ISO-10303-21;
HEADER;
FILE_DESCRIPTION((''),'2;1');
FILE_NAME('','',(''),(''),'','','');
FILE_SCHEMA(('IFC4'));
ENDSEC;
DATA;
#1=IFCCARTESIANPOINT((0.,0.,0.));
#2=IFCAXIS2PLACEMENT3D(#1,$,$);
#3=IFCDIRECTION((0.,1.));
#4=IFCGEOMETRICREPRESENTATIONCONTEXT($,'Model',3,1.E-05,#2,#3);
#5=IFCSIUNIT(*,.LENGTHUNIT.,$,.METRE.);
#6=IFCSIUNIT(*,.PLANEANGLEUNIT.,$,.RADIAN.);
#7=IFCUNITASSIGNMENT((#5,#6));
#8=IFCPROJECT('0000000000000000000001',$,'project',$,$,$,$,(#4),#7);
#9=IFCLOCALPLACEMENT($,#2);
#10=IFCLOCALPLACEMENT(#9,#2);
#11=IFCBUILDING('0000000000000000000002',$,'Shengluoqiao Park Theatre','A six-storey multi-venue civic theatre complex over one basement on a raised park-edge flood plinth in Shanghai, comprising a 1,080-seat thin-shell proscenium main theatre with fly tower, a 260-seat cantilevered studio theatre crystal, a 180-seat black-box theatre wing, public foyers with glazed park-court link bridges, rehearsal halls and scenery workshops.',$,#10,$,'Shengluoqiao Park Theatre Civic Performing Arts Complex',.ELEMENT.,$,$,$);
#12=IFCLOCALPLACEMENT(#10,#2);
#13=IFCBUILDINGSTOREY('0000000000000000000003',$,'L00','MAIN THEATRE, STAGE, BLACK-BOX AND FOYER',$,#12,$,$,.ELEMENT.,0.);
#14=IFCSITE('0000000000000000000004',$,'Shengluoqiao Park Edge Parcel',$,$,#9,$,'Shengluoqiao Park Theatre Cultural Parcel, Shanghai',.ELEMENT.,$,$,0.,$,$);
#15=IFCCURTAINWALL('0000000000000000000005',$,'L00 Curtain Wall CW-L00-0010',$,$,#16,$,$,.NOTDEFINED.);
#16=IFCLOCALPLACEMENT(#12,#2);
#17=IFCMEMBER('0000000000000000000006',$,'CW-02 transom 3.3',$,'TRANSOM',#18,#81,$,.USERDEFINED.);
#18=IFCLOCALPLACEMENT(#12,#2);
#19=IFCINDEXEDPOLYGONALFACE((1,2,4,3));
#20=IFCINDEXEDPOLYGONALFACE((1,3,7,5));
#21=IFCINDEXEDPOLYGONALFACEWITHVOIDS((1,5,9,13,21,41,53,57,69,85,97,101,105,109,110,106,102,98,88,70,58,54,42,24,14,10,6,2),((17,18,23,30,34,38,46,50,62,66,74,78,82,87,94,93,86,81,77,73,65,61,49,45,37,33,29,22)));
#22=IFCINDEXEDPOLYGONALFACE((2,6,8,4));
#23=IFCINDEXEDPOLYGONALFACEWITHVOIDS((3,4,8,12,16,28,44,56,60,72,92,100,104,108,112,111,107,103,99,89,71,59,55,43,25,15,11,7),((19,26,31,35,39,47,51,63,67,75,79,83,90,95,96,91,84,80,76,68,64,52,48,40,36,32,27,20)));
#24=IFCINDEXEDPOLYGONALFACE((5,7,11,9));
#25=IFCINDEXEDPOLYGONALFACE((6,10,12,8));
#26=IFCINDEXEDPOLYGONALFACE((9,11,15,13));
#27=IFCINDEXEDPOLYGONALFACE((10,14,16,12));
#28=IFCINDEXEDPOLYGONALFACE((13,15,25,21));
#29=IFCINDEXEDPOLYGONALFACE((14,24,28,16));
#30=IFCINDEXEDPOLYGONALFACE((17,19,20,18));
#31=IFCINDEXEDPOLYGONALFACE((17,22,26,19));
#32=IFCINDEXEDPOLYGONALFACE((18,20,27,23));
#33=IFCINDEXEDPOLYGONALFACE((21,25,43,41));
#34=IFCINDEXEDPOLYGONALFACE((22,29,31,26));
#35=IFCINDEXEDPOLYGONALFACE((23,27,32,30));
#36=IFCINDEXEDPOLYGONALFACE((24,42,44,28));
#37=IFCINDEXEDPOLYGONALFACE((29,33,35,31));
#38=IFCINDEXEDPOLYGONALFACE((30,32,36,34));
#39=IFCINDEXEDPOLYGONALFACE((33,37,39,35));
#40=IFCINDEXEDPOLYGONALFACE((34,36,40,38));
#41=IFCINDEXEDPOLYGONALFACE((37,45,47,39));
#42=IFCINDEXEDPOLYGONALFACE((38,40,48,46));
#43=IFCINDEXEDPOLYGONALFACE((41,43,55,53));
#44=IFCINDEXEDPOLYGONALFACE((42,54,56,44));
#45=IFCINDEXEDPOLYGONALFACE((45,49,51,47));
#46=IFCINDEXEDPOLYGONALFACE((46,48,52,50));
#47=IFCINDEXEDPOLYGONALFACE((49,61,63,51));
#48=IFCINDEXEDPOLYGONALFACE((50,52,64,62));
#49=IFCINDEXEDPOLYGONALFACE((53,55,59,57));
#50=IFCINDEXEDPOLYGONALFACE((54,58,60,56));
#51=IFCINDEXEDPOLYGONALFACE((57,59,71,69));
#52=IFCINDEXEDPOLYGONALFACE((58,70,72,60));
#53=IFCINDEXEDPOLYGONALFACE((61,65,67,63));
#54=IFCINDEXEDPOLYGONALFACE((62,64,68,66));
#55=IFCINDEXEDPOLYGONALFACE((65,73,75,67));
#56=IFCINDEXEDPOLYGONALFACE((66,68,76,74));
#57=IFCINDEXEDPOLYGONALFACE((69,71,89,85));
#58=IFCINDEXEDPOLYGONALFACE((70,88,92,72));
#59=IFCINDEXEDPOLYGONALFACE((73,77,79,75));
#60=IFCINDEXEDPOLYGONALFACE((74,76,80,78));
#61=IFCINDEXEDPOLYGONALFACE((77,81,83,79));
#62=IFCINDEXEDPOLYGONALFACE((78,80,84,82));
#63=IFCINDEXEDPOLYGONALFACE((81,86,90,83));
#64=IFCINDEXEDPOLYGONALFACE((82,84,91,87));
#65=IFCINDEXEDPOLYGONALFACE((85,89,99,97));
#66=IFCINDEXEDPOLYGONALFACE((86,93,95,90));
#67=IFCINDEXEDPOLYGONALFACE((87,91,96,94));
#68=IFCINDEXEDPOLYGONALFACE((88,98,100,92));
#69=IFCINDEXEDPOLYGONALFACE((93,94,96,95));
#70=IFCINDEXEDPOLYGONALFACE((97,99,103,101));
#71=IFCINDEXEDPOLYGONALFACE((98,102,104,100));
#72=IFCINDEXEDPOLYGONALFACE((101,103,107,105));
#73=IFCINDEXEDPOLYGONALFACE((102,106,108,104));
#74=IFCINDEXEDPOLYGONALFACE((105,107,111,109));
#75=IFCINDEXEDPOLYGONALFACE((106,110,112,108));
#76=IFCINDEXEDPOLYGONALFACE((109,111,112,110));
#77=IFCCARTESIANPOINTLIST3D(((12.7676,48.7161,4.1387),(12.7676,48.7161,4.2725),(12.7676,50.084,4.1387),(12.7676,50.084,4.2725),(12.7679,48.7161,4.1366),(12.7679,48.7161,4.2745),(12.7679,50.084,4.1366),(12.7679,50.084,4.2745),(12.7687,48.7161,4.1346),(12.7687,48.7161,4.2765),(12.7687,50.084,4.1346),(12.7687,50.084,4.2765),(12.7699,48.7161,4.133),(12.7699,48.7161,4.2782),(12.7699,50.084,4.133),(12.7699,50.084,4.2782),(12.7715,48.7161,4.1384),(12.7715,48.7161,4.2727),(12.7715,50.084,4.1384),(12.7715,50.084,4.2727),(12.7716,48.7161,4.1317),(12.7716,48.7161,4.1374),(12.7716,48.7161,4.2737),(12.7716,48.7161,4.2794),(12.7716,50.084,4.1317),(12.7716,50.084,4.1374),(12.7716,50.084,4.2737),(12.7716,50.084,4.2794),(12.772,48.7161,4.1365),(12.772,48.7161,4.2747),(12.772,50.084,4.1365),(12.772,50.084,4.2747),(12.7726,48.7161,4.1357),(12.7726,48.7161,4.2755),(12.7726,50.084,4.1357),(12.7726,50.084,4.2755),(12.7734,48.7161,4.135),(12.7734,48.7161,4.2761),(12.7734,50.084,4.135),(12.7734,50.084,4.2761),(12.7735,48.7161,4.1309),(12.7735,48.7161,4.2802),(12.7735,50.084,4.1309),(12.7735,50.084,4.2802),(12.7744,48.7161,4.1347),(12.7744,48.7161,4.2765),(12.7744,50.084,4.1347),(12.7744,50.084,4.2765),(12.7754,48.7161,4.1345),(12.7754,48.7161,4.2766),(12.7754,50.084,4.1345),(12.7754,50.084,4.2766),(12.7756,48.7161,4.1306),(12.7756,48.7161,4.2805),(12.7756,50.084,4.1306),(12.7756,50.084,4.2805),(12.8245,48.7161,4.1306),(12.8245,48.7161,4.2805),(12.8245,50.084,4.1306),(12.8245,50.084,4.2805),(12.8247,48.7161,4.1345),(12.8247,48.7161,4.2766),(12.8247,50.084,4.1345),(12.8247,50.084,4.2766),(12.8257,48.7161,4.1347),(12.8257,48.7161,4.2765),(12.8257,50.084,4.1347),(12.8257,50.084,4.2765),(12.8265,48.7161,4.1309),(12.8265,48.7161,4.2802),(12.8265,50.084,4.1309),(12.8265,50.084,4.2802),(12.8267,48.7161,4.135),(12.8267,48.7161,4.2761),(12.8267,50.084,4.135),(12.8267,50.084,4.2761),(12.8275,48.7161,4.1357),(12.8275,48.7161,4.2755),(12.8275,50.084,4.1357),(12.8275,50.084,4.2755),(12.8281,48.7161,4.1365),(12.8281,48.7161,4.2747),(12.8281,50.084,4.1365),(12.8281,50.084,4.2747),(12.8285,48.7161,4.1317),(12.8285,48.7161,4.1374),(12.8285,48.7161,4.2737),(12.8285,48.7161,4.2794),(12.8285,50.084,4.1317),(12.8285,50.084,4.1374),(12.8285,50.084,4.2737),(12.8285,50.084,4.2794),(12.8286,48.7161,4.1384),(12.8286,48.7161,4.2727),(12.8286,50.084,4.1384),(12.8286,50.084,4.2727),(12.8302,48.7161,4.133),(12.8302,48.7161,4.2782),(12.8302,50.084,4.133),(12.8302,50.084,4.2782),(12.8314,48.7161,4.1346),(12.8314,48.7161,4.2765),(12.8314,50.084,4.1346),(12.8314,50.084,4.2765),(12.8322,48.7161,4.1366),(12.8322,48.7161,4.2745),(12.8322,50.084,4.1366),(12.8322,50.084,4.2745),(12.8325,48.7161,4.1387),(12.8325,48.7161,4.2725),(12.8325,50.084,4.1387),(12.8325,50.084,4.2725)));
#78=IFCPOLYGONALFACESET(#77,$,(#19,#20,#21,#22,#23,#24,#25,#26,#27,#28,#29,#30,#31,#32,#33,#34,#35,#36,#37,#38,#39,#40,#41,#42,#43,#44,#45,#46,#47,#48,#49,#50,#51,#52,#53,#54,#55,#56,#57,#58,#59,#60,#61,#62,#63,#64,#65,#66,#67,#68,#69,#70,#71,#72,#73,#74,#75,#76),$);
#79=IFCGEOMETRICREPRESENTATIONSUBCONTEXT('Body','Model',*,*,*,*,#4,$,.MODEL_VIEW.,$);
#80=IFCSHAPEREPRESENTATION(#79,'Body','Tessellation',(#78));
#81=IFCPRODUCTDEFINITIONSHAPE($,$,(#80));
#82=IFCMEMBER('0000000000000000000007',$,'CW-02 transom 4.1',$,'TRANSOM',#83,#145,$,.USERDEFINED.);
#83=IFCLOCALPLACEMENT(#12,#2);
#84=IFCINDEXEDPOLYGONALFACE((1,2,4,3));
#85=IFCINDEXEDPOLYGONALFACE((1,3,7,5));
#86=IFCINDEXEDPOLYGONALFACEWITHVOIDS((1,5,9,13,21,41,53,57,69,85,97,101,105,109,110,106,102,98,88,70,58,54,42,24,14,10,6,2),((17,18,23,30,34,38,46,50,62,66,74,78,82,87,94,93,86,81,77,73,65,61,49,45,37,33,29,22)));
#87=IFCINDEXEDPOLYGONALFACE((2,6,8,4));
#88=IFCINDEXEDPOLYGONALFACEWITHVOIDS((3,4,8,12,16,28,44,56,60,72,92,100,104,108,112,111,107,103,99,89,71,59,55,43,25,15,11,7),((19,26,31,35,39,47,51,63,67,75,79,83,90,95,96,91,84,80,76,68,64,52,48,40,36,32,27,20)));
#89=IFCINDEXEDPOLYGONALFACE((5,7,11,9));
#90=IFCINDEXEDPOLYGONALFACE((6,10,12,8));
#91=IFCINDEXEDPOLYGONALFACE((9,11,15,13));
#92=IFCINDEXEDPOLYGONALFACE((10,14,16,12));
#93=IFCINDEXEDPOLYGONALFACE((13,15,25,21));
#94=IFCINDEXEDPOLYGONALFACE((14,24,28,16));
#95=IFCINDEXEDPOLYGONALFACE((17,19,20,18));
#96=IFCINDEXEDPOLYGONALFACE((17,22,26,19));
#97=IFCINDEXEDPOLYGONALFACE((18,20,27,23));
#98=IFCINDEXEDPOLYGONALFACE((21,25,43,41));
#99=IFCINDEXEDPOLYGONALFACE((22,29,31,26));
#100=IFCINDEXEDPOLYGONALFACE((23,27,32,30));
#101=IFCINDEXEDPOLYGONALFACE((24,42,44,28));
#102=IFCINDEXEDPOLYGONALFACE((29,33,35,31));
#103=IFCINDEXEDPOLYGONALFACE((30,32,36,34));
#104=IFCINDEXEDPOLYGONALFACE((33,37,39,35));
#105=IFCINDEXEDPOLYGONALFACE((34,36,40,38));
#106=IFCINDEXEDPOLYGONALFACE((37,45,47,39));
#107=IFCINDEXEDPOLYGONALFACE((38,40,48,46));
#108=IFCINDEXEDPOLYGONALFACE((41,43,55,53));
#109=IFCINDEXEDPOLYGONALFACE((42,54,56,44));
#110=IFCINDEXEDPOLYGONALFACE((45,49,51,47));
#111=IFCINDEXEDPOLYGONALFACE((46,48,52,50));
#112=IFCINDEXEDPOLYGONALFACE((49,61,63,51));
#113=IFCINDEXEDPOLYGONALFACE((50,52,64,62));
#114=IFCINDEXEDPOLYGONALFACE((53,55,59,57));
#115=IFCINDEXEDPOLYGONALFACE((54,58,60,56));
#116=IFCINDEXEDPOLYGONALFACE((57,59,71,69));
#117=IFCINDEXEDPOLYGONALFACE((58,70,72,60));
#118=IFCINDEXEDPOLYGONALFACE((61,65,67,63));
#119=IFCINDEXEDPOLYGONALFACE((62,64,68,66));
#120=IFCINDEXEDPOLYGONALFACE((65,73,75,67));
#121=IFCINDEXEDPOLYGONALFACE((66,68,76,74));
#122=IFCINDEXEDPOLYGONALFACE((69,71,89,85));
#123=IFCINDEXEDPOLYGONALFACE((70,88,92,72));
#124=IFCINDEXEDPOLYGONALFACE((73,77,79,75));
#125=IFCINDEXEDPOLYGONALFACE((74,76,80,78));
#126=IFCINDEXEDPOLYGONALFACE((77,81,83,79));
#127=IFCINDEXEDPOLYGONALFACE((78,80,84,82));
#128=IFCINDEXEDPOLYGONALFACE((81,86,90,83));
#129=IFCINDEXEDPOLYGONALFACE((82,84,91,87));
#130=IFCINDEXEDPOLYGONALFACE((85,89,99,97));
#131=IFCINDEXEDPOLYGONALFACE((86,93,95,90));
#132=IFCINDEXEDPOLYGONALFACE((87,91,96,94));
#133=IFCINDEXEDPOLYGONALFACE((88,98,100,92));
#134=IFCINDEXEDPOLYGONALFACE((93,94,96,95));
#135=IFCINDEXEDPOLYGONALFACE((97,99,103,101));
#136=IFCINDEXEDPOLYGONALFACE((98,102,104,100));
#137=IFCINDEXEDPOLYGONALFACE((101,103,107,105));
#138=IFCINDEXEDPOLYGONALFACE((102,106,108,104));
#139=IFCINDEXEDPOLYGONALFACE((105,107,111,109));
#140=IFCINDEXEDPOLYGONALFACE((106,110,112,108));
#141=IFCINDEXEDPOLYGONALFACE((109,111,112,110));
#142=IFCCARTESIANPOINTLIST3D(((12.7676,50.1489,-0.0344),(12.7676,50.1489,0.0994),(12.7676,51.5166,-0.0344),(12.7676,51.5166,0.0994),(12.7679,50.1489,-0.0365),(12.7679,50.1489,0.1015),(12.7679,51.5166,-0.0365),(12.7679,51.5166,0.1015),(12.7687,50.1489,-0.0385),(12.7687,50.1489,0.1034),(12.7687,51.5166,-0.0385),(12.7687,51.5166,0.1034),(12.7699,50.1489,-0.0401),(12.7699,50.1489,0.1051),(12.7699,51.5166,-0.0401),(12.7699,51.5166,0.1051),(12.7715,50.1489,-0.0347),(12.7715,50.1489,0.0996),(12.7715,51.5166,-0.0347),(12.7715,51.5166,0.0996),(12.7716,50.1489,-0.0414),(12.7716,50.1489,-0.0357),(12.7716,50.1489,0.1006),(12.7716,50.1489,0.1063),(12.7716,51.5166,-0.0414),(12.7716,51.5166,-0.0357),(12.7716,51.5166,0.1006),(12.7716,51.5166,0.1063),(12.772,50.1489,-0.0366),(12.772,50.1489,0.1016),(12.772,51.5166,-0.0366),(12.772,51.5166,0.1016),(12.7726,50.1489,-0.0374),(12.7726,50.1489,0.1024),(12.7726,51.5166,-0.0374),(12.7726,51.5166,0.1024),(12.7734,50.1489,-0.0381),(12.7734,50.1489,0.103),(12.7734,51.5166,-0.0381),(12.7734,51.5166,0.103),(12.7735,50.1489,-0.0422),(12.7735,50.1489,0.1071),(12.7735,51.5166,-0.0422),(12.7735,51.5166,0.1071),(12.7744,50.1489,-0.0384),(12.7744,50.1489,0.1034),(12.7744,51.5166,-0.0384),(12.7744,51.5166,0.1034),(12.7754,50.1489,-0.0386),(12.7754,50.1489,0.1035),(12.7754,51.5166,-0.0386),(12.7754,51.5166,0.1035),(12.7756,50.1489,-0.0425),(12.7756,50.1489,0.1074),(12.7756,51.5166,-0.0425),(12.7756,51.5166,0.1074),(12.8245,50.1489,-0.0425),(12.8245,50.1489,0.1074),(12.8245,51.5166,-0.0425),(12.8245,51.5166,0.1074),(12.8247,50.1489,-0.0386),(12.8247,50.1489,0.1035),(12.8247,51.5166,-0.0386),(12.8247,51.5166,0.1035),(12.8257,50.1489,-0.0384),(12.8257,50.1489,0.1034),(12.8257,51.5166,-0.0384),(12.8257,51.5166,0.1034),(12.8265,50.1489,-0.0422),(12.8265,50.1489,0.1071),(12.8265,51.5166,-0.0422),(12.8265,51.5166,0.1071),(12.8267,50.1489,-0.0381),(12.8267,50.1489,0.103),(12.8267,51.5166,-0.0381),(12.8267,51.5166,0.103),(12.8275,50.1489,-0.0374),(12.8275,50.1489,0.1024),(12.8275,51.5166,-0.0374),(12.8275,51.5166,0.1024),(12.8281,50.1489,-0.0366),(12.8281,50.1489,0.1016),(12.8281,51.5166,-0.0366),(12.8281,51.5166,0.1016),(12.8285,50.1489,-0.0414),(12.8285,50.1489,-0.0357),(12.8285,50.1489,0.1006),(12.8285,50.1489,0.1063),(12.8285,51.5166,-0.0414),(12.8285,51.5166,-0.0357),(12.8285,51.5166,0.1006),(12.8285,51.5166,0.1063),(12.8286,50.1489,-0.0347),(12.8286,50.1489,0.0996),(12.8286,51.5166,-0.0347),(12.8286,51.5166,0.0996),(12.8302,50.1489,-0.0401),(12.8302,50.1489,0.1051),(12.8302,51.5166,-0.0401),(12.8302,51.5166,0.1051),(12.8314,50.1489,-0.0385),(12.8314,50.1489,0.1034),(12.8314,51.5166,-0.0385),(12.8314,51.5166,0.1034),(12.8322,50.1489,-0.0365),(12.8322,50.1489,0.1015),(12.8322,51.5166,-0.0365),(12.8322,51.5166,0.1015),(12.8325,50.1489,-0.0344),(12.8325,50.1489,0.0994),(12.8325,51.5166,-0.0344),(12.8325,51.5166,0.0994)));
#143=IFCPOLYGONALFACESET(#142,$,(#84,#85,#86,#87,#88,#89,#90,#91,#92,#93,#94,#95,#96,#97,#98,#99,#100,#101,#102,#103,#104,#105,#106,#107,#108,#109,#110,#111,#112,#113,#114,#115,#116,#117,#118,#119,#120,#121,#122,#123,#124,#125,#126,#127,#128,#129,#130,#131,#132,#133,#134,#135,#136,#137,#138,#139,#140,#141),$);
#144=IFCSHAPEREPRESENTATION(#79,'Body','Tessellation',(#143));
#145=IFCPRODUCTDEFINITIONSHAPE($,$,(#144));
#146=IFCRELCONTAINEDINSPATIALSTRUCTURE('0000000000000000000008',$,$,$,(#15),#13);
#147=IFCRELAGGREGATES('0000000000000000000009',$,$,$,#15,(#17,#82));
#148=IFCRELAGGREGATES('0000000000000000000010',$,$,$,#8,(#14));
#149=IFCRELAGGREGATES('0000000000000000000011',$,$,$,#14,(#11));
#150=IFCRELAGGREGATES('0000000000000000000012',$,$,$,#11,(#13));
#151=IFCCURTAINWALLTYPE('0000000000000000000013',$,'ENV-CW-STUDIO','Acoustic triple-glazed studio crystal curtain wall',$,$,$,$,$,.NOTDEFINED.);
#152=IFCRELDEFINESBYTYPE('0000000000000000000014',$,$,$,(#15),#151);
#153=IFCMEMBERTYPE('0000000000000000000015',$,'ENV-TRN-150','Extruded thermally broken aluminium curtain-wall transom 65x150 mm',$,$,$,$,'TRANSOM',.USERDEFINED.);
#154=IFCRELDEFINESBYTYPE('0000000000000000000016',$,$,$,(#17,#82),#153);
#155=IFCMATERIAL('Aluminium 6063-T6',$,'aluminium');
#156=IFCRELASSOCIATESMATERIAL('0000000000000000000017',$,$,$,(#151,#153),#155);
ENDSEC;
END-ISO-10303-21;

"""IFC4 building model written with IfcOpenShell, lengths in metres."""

from ifc_helpers import new_model, si_unit, direction, frame, origin, origin_2d, place, context, subcontext, project, spatial, hollow_rectangle, extrude, material, material_profile, profile_set, type_object, element, aggregate, save


model = new_model("IFC4")

# Units and contexts
model_context = context("Model", 3, precision=1e-05, world=origin(), true_north=direction((0.0, 1.0)))
body_context = subcontext(model_context, "Body", "Model", "MODEL_VIEW")
ifc_project = project(units=[si_unit("LENGTHUNIT", "METRE"), si_unit("PLANEANGLEUNIT", "RADIAN")], contexts=[model_context])

# Site, building, storey
site_placement = place(None, origin())
site = spatial("IfcSite", under=ifc_project, at=site_placement, Name="Shengluoqiao Park Edge Parcel", LongName="Shengluoqiao Park Theatre Cultural Parcel, Shanghai", CompositionType="ELEMENT", RefElevation=0.0)
building_placement = place(site_placement, origin())
building = spatial("IfcBuilding", under=site, at=building_placement, Name="Shengluoqiao Park Theatre", Description="A six-storey multi-venue civic theatre complex over one basement on a raised park-edge flood plinth in Shanghai, comprising a 1,080-seat thin-shell proscenium main theatre with fly tower, a 260-seat cantilevered studio theatre crystal, a 180-seat black-box theatre wing, public foyers with glazed park-court link bridges, rehearsal halls and scenery workshops.", LongName="Shengluoqiao Park Theatre Civic Performing Arts Complex", CompositionType="ELEMENT")
storey_placement = place(building_placement, origin())
storey = spatial("IfcBuildingStorey", under=building, at=storey_placement, Name="L00", Description="MAIN THEATRE, STAGE, BLACK-BOX AND FOYER", CompositionType="ELEMENT", Elevation=0.0)

# Curtain wall, members
ifc_material_1 = material(Name="Aluminium 6063-T6", Category="aluminium")
curtain_wall_type = type_object("IfcCurtainWallType", Name="ENV-CW-STUDIO", Description="Acoustic triple-glazed studio crystal curtain wall", PredefinedType="NOTDEFINED", material=ifc_material_1)
curtain_wall_placement = place(storey_placement, origin())
curtain_wall = element("IfcCurtainWall", 1, at=curtain_wall_placement, inside=storey, type_object=curtain_wall_type, Name="L00 Curtain Wall CW-L00-0010", PredefinedType="NOTDEFINED")
ifc_material_profile_1 = material_profile(ifc_material_1, hollow_rectangle(XDim=0.0649, YDim=0.1499, WallThickness=0.0039, InnerFilletRadius=0.0039, OuterFilletRadius=0.0081, at=origin_2d()), Name="ALU TRANSOM 150x65x4")
ifc_profile_set_1 = profile_set([ifc_material_profile_1], Name="Aluminium 6063-T6")
member_type_1 = type_object("IfcMemberType", Name="ENV-TRN-150", Description="Extruded thermally broken aluminium curtain-wall transom 65x150 mm", ElementType="TRANSOM", PredefinedType="USERDEFINED", material=ifc_profile_set_1)
member_1_placement = place(storey_placement, frame((12.8, 48.7161, 4.2056), z_axis=(0.0, 1.0, 0.0), x_axis=(-1.0, 0.0, 0.0)))
member_1 = element("IfcMember", 2, at=member_1_placement, type_object=member_type_1, Name="CW-02 transom 3.3", ObjectType="TRANSOM", PredefinedType="USERDEFINED", context=body_context, shape_type="SweptSolid", body=[
    extrude(hollow_rectangle(XDim=0.0649, YDim=0.1499, WallThickness=0.0039, InnerFilletRadius=0.0039, OuterFilletRadius=0.0081, at=origin_2d()), origin(), (0.0, 0.0, 1.0), 1.3679),
])
member_2_placement = place(storey_placement, frame((12.8, 50.1489, 0.0325), z_axis=(0.0, 1.0, 0.0), x_axis=(-1.0, 0.0, 0.0)))
member_2 = element("IfcMember", 3, at=member_2_placement, type_object=member_type_1, Name="CW-02 transom 4.1", ObjectType="TRANSOM", PredefinedType="USERDEFINED", context=body_context, shape_type="SweptSolid", body=[
    extrude(hollow_rectangle(XDim=0.0649, YDim=0.1499, WallThickness=0.0039, InnerFilletRadius=0.0039, OuterFilletRadius=0.0081, at=origin_2d()), origin(), (0.0, 0.0, 1.0), 1.3677),
])
aggregate(curtain_wall, [member_1, member_2])

save(model, "model.ifc")
